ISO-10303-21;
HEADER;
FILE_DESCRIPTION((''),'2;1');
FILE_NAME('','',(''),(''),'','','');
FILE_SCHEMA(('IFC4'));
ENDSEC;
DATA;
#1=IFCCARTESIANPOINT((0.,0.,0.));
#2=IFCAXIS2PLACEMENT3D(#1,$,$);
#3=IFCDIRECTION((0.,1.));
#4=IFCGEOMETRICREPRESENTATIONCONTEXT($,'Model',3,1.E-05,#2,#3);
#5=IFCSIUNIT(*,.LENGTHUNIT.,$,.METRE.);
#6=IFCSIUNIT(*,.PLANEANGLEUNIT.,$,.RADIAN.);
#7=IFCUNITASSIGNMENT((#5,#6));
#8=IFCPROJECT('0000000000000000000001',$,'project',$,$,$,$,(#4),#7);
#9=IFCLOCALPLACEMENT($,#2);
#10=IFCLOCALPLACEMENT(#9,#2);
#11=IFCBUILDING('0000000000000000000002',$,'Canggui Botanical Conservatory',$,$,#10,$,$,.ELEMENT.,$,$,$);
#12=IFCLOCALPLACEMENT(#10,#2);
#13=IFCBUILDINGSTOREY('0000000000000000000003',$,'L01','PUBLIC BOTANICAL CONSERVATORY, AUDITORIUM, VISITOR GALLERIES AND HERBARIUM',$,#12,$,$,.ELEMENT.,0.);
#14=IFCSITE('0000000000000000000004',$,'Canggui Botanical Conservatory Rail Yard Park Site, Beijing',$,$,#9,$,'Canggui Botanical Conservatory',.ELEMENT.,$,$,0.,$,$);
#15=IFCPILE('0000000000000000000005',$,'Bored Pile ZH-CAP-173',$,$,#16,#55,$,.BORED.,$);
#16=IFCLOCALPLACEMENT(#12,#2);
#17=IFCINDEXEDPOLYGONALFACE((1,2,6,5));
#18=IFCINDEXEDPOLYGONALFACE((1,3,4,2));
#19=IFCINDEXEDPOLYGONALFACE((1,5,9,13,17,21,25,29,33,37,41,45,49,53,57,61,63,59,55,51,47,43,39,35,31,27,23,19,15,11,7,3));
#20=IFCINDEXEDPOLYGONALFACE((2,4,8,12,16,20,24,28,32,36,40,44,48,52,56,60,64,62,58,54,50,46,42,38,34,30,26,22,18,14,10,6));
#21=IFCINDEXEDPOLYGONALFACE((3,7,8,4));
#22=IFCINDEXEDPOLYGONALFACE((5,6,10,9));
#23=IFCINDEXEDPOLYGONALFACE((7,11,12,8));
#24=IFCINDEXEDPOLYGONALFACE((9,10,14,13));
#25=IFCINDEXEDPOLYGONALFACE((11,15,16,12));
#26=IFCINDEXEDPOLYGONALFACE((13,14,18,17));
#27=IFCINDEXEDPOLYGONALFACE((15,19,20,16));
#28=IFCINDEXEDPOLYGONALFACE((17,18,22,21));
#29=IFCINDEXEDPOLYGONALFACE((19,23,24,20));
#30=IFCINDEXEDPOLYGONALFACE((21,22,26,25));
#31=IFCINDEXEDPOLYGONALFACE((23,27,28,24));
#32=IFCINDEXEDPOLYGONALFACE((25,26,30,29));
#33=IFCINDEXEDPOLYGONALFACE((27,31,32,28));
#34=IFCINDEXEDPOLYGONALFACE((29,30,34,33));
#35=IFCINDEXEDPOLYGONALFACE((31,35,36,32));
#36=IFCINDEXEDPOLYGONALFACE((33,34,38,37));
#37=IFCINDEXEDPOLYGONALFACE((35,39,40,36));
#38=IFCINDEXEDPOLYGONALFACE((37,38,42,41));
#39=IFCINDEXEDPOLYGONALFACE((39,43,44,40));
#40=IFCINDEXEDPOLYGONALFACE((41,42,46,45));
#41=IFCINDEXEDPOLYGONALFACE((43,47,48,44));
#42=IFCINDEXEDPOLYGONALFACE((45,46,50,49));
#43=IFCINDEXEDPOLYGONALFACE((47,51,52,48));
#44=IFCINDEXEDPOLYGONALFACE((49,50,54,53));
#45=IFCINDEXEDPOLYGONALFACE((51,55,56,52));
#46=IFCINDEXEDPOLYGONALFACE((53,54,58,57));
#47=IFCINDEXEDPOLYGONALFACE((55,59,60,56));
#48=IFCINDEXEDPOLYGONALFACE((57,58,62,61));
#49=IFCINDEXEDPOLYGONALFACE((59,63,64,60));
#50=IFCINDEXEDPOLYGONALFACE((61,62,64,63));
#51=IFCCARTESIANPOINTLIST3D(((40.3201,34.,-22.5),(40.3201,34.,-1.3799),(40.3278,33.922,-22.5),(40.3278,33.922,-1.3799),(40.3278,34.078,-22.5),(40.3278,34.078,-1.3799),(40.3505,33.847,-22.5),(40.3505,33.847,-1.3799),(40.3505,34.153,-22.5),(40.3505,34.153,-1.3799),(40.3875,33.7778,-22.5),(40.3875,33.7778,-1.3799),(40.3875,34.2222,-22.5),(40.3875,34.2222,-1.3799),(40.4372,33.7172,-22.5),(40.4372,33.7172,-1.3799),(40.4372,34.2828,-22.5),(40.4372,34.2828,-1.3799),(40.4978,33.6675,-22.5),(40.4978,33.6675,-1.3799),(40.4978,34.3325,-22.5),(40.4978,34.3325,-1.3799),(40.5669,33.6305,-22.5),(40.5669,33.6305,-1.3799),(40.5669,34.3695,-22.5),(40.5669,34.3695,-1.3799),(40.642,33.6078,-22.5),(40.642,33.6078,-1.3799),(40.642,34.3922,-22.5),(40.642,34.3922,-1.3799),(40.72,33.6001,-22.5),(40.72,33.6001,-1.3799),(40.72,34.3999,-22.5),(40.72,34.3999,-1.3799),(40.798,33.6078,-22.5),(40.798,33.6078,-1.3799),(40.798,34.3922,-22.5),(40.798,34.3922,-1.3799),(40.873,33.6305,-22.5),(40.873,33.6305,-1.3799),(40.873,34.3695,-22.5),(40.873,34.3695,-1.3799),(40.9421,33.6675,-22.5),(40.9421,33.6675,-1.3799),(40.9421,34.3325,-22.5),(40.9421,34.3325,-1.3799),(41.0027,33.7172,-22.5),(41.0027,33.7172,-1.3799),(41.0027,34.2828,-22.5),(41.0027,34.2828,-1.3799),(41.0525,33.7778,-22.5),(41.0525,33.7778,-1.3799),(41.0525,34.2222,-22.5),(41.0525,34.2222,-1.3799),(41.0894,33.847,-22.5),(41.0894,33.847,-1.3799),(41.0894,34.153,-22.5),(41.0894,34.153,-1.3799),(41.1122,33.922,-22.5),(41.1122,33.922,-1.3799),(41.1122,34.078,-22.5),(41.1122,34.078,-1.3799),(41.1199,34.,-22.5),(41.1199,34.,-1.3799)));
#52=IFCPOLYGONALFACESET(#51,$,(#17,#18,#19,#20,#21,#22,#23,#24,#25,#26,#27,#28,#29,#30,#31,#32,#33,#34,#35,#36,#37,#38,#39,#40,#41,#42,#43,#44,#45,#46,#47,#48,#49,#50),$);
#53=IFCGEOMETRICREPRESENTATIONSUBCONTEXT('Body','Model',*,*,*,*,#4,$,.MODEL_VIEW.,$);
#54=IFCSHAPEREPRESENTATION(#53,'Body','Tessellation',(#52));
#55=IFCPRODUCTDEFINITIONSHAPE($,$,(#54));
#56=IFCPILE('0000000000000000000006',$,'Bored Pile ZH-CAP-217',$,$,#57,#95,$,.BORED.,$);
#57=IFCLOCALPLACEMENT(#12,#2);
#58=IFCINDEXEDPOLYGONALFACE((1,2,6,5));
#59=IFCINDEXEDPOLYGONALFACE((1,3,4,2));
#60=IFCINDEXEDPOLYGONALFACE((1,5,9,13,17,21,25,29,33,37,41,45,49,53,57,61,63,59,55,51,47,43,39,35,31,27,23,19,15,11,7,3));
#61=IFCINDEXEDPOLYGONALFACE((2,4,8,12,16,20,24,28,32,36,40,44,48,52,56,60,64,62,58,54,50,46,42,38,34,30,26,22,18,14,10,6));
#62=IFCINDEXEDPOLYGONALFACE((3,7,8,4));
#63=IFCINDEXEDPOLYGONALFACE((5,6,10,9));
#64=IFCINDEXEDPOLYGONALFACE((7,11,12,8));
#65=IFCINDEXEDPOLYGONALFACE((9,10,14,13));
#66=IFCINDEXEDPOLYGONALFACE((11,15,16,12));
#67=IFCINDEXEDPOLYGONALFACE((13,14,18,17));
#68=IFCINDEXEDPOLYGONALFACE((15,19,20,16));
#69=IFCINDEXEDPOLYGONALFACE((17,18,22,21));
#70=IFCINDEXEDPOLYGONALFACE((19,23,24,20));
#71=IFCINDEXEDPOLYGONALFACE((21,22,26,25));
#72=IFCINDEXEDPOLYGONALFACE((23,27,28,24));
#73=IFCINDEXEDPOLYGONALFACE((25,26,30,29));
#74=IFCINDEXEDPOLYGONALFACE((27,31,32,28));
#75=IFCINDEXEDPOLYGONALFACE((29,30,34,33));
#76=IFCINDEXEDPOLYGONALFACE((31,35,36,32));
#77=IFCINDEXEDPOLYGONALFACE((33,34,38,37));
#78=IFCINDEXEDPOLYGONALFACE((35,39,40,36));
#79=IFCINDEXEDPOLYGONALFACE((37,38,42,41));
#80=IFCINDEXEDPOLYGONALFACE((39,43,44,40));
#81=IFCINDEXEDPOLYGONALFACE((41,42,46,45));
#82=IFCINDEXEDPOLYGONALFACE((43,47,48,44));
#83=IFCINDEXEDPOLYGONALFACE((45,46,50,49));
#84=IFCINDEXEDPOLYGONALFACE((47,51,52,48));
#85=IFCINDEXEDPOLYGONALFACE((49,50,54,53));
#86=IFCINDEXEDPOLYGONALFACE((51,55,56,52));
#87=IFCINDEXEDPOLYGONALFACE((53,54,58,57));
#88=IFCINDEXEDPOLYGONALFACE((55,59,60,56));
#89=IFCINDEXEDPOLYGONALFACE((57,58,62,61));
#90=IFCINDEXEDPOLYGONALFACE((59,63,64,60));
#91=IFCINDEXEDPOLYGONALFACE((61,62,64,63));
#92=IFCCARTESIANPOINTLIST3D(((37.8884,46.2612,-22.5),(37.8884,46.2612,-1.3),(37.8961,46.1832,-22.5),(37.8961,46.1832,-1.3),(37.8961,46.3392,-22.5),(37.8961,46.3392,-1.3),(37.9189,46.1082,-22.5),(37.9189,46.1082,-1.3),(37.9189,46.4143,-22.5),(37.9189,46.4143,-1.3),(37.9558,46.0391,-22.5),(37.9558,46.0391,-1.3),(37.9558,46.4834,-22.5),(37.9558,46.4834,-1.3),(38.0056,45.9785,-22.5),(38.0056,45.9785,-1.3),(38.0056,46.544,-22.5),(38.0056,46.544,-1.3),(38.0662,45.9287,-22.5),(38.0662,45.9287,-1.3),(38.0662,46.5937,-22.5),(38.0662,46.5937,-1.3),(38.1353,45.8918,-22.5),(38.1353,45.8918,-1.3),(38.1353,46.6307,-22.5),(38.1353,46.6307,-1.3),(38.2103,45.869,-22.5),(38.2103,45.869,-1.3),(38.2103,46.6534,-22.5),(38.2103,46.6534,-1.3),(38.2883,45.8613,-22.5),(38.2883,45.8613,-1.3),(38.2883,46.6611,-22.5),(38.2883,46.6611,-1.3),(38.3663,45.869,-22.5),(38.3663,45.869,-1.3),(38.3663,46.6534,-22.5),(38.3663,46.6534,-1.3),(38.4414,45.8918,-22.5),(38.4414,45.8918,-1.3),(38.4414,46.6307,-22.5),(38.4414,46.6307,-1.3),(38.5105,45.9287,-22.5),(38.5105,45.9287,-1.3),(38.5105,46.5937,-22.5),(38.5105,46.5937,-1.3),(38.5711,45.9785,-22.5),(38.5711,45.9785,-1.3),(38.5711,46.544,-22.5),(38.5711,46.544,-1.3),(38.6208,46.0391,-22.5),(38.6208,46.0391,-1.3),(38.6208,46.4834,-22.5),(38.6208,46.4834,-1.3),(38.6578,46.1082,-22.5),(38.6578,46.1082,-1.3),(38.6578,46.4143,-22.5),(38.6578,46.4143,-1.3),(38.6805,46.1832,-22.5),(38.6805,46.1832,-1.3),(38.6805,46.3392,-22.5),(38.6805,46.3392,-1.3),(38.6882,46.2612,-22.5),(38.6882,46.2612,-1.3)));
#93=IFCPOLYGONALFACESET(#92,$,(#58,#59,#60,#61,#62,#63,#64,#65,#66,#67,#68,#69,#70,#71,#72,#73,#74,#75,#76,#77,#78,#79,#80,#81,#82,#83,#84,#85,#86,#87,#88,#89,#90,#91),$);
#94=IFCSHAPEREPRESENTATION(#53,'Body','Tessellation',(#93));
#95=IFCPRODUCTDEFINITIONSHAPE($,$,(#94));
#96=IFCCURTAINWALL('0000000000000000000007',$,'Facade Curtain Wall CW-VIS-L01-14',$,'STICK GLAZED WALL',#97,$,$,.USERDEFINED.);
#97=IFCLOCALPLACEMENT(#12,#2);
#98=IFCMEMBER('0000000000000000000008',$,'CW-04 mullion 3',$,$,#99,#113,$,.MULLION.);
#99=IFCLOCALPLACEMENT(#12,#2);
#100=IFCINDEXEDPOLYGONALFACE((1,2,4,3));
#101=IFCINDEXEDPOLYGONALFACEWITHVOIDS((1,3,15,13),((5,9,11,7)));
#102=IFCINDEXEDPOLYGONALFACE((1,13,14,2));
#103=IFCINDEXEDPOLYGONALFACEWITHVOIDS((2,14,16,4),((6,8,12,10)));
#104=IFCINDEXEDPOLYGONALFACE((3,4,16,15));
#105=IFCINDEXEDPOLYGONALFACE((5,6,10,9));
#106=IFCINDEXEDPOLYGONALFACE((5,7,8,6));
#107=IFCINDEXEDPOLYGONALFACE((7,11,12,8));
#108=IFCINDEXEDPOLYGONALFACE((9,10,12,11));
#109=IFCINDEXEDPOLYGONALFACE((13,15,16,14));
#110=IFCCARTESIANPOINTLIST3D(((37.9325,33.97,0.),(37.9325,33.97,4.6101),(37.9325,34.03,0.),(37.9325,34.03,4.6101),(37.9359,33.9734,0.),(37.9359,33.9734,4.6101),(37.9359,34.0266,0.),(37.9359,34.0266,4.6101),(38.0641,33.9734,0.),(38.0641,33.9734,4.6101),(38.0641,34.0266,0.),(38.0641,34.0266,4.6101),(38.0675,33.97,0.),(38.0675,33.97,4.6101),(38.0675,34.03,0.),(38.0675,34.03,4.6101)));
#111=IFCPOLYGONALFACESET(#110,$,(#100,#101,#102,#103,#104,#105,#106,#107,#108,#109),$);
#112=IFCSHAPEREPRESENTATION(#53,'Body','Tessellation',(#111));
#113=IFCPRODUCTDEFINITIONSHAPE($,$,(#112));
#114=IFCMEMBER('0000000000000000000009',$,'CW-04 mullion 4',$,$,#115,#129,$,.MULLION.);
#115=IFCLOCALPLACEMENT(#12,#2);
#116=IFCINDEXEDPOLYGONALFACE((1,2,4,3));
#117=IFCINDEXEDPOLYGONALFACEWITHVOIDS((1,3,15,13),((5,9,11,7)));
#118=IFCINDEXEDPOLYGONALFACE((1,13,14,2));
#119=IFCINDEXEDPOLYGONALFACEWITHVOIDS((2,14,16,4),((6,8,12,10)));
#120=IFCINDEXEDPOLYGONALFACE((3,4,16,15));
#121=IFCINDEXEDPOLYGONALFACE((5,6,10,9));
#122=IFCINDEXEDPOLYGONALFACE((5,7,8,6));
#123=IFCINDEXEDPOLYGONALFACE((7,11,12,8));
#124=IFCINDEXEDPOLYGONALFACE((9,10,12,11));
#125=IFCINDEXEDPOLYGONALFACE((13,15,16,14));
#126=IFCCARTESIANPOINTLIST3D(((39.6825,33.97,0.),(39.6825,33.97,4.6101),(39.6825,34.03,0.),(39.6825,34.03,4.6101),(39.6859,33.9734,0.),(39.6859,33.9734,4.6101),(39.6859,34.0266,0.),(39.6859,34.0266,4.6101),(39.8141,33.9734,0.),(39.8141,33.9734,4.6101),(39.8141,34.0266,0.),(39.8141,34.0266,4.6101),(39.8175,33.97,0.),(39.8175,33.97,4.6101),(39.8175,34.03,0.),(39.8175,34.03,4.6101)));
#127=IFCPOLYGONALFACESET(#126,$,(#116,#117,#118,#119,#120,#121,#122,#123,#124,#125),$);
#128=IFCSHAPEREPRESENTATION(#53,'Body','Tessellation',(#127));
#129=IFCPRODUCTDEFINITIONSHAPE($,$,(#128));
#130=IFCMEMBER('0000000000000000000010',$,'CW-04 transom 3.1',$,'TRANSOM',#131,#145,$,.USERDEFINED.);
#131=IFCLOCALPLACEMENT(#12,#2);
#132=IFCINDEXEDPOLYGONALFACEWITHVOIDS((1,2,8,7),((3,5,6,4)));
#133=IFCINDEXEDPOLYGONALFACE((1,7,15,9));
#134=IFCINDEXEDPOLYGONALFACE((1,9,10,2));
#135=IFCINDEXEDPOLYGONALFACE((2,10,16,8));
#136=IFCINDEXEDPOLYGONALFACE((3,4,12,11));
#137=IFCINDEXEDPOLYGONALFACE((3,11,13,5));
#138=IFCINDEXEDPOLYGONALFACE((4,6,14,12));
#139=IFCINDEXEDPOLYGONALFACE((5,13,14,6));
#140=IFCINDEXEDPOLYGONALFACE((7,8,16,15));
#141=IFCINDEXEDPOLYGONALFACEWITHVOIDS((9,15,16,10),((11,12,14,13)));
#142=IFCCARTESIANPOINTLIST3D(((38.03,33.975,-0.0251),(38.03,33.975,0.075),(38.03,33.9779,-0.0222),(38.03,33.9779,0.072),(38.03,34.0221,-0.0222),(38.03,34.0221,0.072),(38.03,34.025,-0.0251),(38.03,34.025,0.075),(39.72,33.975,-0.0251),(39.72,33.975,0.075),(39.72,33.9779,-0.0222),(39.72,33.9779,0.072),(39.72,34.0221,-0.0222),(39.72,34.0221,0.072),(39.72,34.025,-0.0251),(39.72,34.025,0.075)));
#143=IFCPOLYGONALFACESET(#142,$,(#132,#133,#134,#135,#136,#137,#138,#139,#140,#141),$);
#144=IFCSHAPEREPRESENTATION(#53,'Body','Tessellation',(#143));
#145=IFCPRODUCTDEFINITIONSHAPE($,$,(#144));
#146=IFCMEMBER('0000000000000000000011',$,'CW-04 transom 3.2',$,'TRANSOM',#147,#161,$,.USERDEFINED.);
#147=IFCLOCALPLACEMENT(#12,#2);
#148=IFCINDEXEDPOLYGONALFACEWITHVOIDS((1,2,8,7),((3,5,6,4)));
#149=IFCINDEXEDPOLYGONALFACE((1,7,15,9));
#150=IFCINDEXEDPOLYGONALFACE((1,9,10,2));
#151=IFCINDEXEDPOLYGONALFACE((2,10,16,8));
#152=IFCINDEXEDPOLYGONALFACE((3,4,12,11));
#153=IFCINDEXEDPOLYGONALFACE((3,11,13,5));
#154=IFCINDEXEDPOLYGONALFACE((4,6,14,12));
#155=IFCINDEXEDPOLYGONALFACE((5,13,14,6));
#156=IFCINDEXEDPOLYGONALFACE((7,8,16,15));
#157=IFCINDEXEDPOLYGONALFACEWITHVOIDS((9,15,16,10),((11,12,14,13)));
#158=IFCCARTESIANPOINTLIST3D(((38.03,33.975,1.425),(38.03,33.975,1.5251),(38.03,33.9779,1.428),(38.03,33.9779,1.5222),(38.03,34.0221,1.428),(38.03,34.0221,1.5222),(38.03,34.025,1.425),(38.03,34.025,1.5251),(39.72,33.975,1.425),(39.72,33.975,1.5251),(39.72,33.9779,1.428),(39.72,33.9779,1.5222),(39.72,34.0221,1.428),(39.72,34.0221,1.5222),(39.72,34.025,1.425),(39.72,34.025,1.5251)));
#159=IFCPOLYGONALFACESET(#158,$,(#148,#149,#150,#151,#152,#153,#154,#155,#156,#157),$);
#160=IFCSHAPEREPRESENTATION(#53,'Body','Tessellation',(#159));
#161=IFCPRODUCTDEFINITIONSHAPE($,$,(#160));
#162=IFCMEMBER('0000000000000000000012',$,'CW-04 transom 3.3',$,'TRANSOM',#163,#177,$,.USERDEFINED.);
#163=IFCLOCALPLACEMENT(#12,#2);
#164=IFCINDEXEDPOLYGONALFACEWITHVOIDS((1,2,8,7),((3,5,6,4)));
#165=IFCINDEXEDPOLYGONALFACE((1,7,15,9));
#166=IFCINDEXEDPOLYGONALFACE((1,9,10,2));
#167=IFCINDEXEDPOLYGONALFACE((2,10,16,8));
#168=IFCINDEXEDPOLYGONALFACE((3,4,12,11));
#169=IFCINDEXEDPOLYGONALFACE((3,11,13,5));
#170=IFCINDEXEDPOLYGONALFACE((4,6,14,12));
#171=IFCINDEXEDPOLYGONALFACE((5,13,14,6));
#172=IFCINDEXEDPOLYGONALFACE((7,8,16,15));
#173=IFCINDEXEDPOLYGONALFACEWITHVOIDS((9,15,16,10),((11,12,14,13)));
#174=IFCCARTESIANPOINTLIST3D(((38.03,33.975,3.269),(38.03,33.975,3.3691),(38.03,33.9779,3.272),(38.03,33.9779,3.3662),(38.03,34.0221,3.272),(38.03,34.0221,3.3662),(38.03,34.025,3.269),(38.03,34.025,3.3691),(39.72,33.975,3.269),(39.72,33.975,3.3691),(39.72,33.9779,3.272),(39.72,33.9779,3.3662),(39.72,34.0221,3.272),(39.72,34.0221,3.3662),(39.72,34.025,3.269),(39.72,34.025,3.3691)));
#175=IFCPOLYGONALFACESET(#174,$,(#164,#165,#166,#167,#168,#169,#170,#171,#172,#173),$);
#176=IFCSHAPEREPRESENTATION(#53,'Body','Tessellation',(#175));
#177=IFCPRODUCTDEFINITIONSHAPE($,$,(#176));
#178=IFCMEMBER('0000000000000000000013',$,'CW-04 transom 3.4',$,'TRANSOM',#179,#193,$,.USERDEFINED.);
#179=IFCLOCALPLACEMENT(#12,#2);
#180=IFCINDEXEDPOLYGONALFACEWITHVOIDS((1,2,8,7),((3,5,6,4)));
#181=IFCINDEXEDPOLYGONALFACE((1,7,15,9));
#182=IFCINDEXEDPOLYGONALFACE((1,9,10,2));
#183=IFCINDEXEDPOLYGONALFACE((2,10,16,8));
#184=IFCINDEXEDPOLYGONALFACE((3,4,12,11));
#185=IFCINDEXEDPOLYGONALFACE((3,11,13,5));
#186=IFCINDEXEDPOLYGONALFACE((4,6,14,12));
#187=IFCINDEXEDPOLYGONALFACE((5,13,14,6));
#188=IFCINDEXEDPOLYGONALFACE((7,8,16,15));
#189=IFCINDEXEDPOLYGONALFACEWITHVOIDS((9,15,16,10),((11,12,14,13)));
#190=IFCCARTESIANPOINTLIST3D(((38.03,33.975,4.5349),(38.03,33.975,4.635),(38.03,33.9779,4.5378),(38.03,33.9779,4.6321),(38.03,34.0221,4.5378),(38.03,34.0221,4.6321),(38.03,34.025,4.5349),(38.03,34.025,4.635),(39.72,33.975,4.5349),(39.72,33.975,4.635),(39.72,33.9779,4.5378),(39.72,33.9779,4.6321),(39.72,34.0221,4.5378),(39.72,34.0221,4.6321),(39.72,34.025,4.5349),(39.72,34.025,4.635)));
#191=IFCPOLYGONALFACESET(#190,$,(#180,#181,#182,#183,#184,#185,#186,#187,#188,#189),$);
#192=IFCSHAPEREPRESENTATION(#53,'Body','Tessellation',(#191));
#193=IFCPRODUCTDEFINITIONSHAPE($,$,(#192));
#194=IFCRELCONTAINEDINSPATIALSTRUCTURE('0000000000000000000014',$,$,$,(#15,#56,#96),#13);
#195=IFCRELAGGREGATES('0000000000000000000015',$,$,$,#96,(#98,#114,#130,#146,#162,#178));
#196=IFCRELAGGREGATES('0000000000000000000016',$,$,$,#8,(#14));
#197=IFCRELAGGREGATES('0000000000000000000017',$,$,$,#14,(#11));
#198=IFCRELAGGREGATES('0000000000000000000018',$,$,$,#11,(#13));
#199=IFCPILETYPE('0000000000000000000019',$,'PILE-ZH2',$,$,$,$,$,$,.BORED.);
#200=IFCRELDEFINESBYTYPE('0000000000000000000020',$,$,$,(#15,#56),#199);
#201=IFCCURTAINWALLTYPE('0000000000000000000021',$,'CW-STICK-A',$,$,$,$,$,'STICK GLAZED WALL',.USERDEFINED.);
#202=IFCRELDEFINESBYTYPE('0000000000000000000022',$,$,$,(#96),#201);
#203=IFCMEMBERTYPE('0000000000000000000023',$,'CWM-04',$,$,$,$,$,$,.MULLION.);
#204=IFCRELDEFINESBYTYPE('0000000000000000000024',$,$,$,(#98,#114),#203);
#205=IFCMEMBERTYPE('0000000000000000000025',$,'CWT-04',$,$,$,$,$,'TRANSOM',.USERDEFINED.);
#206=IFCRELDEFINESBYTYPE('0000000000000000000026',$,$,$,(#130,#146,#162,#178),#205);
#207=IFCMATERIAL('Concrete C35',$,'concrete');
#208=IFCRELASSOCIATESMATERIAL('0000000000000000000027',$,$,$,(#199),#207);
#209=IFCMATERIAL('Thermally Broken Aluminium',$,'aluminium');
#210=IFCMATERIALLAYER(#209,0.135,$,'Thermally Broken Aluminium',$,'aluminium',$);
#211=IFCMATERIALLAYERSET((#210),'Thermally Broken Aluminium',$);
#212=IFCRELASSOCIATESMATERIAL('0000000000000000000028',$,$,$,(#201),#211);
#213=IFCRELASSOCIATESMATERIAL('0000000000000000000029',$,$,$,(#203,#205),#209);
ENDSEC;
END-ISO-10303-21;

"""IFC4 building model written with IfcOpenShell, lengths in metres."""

from ifc_helpers import new_model, si_unit, direction, frame, origin, origin_2d, place, context, subcontext, project, spatial, hollow_rectangle, circle, extrude, material, layer, layer_set, material_profile, profile_set, type_object, element, aggregate, save


model = new_model("IFC4")

# Units and contexts
model_context = context("Model", 3, precision=1e-05, world=origin(), true_north=direction((0.0, 1.0)))
body_context = subcontext(model_context, "Body", "Model", "MODEL_VIEW")
ifc_project = project(units=[si_unit("LENGTHUNIT", "METRE"), si_unit("PLANEANGLEUNIT", "RADIAN")], contexts=[model_context])

# Site, building, storey
site_placement = place(None, origin())
site = spatial("IfcSite", under=ifc_project, at=site_placement, Name="Canggui Botanical Conservatory Rail Yard Park Site, Beijing", LongName="Canggui Botanical Conservatory", CompositionType="ELEMENT", RefElevation=0.0)
building_placement = place(site_placement, origin())
building = spatial("IfcBuilding", under=site, at=building_placement, Name="Canggui Botanical Conservatory", CompositionType="ELEMENT")
storey_placement = place(building_placement, origin())
storey = spatial("IfcBuildingStorey", under=building, at=storey_placement, Name="L01", Description="PUBLIC BOTANICAL CONSERVATORY, AUDITORIUM, VISITOR GALLERIES AND HERBARIUM", CompositionType="ELEMENT", Elevation=0.0)

# Piles
ifc_material_1 = material(Name="Concrete C35", Category="concrete")
ifc_material_profile_1 = material_profile(ifc_material_1, circle(Radius=0.3999, at=origin_2d()), Name="PILE D800")
ifc_profile_set_1 = profile_set([ifc_material_profile_1], Name="Concrete C35")
pile_type = type_object("IfcPileType", Name="PILE-ZH2", PredefinedType="BORED", material=ifc_profile_set_1)
pile_1_placement = place(storey_placement, frame((40.72, 34.0, -1.3799), z_axis=(0.0, 0.0, -1.0), x_axis=(1.0, 0.0, 0.0)))
element("IfcPile", 1, at=pile_1_placement, inside=storey, type_object=pile_type, Name="Bored Pile ZH-CAP-173", PredefinedType="BORED", context=body_context, shape_type="SweptSolid", body=[
    extrude(circle(Radius=0.3999, at=origin_2d()), origin(), (0.0, 0.0, 1.0), 21.1201),
])
pile_2_placement = place(storey_placement, frame((38.2883, 46.2612, -1.3), z_axis=(0.0, 0.0, -1.0), x_axis=(1.0, 0.0, 0.0)))
element("IfcPile", 2, at=pile_2_placement, inside=storey, type_object=pile_type, Name="Bored Pile ZH-CAP-217", PredefinedType="BORED", context=body_context, shape_type="SweptSolid", body=[
    extrude(circle(Radius=0.3999, at=origin_2d()), origin(), (0.0, 0.0, 1.0), 21.2),
])

# Curtain wall, members
ifc_material_2 = material(Name="Thermally Broken Aluminium", Category="aluminium")
ifc_layer_1 = layer(ifc_material_2, 0.135, Name="Thermally Broken Aluminium", Category="aluminium")
ifc_layer_set_1 = layer_set([ifc_layer_1], Name="Thermally Broken Aluminium")
curtain_wall_type = type_object("IfcCurtainWallType", Name="CW-STICK-A", ElementType="STICK GLAZED WALL", PredefinedType="USERDEFINED", material=ifc_layer_set_1)
curtain_wall_placement = place(storey_placement, origin())
curtain_wall = element("IfcCurtainWall", 3, at=curtain_wall_placement, inside=storey, type_object=curtain_wall_type, Name="Facade Curtain Wall CW-VIS-L01-14", ObjectType="STICK GLAZED WALL", PredefinedType="USERDEFINED")
ifc_material_profile_2 = material_profile(ifc_material_2, hollow_rectangle(XDim=0.0601, YDim=0.135, WallThickness=0.0034, at=origin_2d()), Name="CWM 60x135x3.5")
ifc_profile_set_2 = profile_set([ifc_material_profile_2], Name="Thermally Broken Aluminium")
member_type_1 = type_object("IfcMemberType", Name="CWM-04", PredefinedType="MULLION", material=ifc_profile_set_2)
member_1_placement = place(storey_placement, frame((38.0, 34.0, 0.0), z_axis=(0.0, 0.0, 1.0), x_axis=(0.0, 1.0, 0.0)))
member_1 = element("IfcMember", 4, at=member_1_placement, type_object=member_type_1, Name="CW-04 mullion 3", PredefinedType="MULLION", context=body_context, shape_type="SweptSolid", body=[
    extrude(hollow_rectangle(XDim=0.0601, YDim=0.135, WallThickness=0.0034, at=origin_2d()), origin(), (0.0, 0.0, 1.0), 4.6101),
])
member_2_placement = place(storey_placement, frame((39.75, 34.0, 0.0), z_axis=(0.0, 0.0, 1.0), x_axis=(0.0, 1.0, 0.0)))
member_2 = element("IfcMember", 5, at=member_2_placement, type_object=member_type_1, Name="CW-04 mullion 4", PredefinedType="MULLION", context=body_context, shape_type="SweptSolid", body=[
    extrude(hollow_rectangle(XDim=0.0601, YDim=0.135, WallThickness=0.0034, at=origin_2d()), origin(), (0.0, 0.0, 1.0), 4.6101),
])
ifc_material_profile_3 = material_profile(ifc_material_2, hollow_rectangle(XDim=0.05, YDim=0.1001, WallThickness=0.0029, at=origin_2d()), Name="CWT 50x100x3")
ifc_profile_set_3 = profile_set([ifc_material_profile_3], Name="Thermally Broken Aluminium")
member_type_2 = type_object("IfcMemberType", Name="CWT-04", ElementType="TRANSOM", PredefinedType="USERDEFINED", material=ifc_profile_set_3)
member_3_placement = place(storey_placement, frame((38.03, 34.0, 0.0249), z_axis=(1.0, 0.0, 0.0), x_axis=(0.0, 1.0, 0.0)))
member_3 = element("IfcMember", 6, at=member_3_placement, type_object=member_type_2, Name="CW-04 transom 3.1", ObjectType="TRANSOM", PredefinedType="USERDEFINED", context=body_context, shape_type="SweptSolid", body=[
    extrude(hollow_rectangle(XDim=0.05, YDim=0.1001, WallThickness=0.0029, at=origin_2d()), origin(), (0.0, 0.0, 1.0), 1.6899),
])
member_4_placement = place(storey_placement, frame((38.03, 34.0, 1.4751), z_axis=(1.0, 0.0, 0.0), x_axis=(0.0, 1.0, 0.0)))
member_4 = element("IfcMember", 7, at=member_4_placement, type_object=member_type_2, Name="CW-04 transom 3.2", ObjectType="TRANSOM", PredefinedType="USERDEFINED", context=body_context, shape_type="SweptSolid", body=[
    extrude(hollow_rectangle(XDim=0.05, YDim=0.1001, WallThickness=0.0029, at=origin_2d()), origin(), (0.0, 0.0, 1.0), 1.6899),
])
member_5_placement = place(storey_placement, frame((38.03, 34.0, 3.3191), z_axis=(1.0, 0.0, 0.0), x_axis=(0.0, 1.0, 0.0)))
member_5 = element("IfcMember", 8, at=member_5_placement, type_object=member_type_2, Name="CW-04 transom 3.3", ObjectType="TRANSOM", PredefinedType="USERDEFINED", context=body_context, shape_type="SweptSolid", body=[
    extrude(hollow_rectangle(XDim=0.05, YDim=0.1001, WallThickness=0.0029, at=origin_2d()), origin(), (0.0, 0.0, 1.0), 1.6899),
])
member_6_placement = place(storey_placement, frame((38.03, 34.0, 4.585), z_axis=(1.0, 0.0, 0.0), x_axis=(0.0, 1.0, 0.0)))
member_6 = element("IfcMember", 9, at=member_6_placement, type_object=member_type_2, Name="CW-04 transom 3.4", ObjectType="TRANSOM", PredefinedType="USERDEFINED", context=body_context, shape_type="SweptSolid", body=[
    extrude(hollow_rectangle(XDim=0.05, YDim=0.1001, WallThickness=0.0029, at=origin_2d()), origin(), (0.0, 0.0, 1.0), 1.6899),
])
aggregate(curtain_wall, [member_1, member_2, member_3, member_4, member_5, member_6])

save(model, "model.ifc")
